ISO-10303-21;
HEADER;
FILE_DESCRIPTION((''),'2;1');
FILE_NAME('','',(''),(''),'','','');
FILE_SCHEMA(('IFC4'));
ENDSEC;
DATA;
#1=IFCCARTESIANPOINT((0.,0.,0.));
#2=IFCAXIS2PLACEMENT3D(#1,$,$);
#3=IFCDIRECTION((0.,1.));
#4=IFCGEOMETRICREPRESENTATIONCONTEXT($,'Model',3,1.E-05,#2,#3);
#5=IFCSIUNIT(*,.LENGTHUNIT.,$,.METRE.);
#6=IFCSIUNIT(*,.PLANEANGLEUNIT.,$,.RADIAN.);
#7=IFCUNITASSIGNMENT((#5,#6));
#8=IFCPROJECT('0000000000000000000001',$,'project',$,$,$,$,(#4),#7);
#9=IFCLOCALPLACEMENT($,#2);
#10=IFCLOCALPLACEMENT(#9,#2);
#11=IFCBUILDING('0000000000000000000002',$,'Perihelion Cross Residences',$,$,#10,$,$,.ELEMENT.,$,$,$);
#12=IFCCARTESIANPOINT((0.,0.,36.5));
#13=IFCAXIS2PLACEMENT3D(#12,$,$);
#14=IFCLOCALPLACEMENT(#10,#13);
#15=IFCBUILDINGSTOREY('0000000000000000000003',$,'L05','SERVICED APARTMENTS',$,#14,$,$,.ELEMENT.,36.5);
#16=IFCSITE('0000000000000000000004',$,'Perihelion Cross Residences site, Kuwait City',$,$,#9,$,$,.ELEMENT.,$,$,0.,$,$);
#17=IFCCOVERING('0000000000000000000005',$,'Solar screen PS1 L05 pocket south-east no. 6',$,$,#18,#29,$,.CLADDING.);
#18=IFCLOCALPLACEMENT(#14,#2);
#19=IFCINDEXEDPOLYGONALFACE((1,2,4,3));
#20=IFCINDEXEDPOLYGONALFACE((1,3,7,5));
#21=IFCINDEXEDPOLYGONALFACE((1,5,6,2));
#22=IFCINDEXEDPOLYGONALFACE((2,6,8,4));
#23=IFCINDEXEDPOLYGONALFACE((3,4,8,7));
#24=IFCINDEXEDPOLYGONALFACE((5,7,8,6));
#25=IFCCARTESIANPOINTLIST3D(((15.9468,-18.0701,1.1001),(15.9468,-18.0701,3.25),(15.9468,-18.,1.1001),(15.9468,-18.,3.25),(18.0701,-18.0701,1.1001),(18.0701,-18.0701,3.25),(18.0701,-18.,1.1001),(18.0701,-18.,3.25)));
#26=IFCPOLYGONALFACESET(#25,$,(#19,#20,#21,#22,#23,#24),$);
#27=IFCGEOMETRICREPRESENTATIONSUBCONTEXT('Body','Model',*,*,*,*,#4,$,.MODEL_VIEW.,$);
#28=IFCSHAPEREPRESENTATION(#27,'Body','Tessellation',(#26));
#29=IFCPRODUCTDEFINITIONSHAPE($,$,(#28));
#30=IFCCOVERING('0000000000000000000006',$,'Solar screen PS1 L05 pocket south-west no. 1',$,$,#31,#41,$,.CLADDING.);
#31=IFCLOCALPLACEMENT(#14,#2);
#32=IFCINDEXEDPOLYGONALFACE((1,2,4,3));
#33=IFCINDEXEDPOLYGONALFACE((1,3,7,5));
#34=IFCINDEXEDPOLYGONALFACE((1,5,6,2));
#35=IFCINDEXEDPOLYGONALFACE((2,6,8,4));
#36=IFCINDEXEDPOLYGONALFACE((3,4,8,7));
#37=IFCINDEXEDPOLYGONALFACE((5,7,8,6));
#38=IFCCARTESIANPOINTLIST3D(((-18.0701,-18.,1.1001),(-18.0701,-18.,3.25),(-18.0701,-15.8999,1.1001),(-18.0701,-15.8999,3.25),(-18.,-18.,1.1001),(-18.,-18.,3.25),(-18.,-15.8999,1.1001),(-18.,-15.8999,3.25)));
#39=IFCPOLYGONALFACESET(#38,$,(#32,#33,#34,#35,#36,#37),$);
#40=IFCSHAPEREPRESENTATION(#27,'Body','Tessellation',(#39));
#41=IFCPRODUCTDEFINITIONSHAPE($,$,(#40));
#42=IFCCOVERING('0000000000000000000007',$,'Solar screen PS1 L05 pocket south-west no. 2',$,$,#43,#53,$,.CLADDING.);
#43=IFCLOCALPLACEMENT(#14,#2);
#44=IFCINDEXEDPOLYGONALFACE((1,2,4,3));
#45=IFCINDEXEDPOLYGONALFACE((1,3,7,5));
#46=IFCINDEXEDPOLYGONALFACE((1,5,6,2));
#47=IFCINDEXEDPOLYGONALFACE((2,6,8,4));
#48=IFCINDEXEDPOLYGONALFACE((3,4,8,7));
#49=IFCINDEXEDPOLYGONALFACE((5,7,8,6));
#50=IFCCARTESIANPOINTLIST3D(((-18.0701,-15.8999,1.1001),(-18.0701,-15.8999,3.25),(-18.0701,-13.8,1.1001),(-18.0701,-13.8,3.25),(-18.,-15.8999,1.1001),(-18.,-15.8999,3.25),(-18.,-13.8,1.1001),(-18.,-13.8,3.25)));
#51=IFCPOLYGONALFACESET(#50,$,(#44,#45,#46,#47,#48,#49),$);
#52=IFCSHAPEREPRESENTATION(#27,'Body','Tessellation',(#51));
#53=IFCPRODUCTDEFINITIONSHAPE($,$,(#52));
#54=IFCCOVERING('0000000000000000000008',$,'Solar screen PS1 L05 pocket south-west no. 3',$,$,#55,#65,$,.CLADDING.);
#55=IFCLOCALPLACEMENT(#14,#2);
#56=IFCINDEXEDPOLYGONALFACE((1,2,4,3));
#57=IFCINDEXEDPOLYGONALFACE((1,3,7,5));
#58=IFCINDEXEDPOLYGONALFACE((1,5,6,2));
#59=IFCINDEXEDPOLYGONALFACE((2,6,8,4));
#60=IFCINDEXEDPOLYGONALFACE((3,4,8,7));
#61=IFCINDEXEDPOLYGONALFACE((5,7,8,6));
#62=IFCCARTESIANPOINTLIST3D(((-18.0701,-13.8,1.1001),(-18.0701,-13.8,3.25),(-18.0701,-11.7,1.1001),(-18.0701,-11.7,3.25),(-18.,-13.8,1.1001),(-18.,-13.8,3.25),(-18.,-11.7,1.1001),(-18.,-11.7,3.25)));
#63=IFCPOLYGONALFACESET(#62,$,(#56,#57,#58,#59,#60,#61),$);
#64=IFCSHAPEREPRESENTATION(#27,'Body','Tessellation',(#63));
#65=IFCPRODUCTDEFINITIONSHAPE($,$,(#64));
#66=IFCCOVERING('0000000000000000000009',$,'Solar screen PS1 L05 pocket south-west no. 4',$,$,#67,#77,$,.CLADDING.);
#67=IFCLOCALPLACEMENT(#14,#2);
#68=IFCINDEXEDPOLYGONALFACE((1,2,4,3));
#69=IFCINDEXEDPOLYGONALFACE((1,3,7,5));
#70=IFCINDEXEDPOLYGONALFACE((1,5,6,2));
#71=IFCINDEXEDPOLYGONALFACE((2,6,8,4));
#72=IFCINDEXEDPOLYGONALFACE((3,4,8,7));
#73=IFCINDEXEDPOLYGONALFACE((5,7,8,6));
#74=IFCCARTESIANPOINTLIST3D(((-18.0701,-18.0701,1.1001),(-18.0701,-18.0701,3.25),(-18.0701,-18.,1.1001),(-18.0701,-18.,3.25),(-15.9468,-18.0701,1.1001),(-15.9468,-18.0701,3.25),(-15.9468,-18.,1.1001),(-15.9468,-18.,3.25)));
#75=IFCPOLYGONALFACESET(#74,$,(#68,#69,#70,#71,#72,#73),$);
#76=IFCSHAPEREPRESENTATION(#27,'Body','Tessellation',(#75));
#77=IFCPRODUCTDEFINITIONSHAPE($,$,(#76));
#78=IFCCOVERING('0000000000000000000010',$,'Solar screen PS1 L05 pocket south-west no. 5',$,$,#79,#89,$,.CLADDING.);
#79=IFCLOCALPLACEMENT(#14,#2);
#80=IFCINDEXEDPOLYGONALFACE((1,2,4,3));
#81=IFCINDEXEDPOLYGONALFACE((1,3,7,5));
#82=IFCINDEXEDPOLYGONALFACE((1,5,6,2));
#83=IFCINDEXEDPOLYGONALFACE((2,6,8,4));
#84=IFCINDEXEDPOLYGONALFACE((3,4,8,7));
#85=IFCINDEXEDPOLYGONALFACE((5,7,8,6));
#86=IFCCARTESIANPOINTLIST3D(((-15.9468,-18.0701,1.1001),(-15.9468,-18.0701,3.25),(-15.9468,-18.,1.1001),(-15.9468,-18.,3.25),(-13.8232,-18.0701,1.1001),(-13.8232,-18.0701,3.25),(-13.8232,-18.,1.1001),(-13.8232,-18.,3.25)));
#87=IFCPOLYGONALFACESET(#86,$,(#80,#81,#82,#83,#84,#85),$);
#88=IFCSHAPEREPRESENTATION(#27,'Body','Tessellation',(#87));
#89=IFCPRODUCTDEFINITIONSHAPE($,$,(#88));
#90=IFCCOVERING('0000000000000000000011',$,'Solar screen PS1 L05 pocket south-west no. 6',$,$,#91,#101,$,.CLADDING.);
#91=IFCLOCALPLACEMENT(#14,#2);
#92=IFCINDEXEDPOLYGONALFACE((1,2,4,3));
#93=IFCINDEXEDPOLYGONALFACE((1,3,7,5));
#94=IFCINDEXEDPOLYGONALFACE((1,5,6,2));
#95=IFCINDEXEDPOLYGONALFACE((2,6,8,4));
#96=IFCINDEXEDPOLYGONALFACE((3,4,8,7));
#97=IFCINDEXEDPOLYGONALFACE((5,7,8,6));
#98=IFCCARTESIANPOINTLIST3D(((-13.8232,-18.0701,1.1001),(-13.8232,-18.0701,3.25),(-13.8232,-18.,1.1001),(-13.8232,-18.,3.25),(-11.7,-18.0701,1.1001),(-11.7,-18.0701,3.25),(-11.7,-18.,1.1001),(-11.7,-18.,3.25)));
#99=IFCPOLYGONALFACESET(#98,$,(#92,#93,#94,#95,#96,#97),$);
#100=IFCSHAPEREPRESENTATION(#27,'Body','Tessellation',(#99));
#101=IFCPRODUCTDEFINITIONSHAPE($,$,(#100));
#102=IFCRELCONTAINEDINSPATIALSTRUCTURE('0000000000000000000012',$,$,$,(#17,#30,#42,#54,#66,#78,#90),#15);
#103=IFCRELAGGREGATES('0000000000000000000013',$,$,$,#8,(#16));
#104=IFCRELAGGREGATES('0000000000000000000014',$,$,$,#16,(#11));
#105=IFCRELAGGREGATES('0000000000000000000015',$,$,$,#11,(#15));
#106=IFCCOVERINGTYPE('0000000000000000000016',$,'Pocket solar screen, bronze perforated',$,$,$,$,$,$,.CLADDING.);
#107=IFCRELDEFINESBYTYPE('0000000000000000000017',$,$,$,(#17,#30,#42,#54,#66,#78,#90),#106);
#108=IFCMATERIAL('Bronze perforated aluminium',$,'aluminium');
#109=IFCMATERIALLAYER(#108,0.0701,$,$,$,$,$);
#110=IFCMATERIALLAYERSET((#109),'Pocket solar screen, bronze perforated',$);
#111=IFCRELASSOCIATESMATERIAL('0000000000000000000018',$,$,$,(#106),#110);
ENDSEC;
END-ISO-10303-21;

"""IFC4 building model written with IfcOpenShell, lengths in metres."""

from ifc_helpers import new_model, si_unit, direction, frame, origin, place, context, subcontext, project, spatial, polyline, outline, extrude, material, layer, layer_set, type_object, element, save


model = new_model("IFC4")

# Units and contexts
model_context = context("Model", 3, precision=1e-05, world=origin(), true_north=direction((0.0, 1.0)))
body_context = subcontext(model_context, "Body", "Model", "MODEL_VIEW")
ifc_project = project(units=[si_unit("LENGTHUNIT", "METRE"), si_unit("PLANEANGLEUNIT", "RADIAN")], contexts=[model_context])

# Site, building, storey
site_placement = place(None, origin())
site = spatial("IfcSite", under=ifc_project, at=site_placement, Name="Perihelion Cross Residences site, Kuwait City", CompositionType="ELEMENT", RefElevation=0.0)
building_placement = place(site_placement, origin())
building = spatial("IfcBuilding", under=site, at=building_placement, Name="Perihelion Cross Residences", CompositionType="ELEMENT")
storey_placement = place(building_placement, frame((0.0, 0.0, 36.5)))
storey = spatial("IfcBuildingStorey", under=building, at=storey_placement, Name="L05", Description="SERVICED APARTMENTS", CompositionType="ELEMENT", Elevation=36.5)

# Coverings
ifc_material_1 = material(Name="Bronze perforated aluminium", Category="aluminium")
ifc_layer_1 = layer(ifc_material_1, 0.0701)
ifc_layer_set_1 = layer_set([ifc_layer_1], Name="Pocket solar screen, bronze perforated")
covering_type_1 = type_object("IfcCoveringType", Name="Pocket solar screen, bronze perforated", PredefinedType="CLADDING", material=ifc_layer_set_1)
covering_1_placement = place(storey_placement, frame((0.0, 0.0, 1.1001)))
element("IfcCovering", 1, at=covering_1_placement, inside=storey, type_object=covering_type_1, Name="Solar screen PS1 L05 pocket south-east no. 6", PredefinedType="CLADDING", context=body_context, shape_type="SweptSolid", body=[
    extrude(outline(polyline([(18.0701, -18.0701), (18.0701, -18.0), (15.9468, -18.0), (15.9468, -18.0701), (18.0701, -18.0701)])), origin(), (0.0, 0.0, 1.0), 2.1499),
])
covering_2_placement = place(storey_placement, frame((0.0, 0.0, 1.1001)))
element("IfcCovering", 2, at=covering_2_placement, inside=storey, type_object=covering_type_1, Name="Solar screen PS1 L05 pocket south-west no. 1", PredefinedType="CLADDING", context=body_context, shape_type="SweptSolid", body=[
    extrude(outline(polyline([(-18.0, -18.0), (-18.0, -15.8999), (-18.0701, -15.8999), (-18.0701, -18.0), (-18.0, -18.0)])), origin(), (0.0, 0.0, 1.0), 2.1499),
])
covering_3_placement = place(storey_placement, frame((0.0, 0.0, 1.1001)))
element("IfcCovering", 3, at=covering_3_placement, inside=storey, type_object=covering_type_1, Name="Solar screen PS1 L05 pocket south-west no. 2", PredefinedType="CLADDING", context=body_context, shape_type="SweptSolid", body=[
    extrude(outline(polyline([(-18.0, -15.8999), (-18.0, -13.8), (-18.0701, -13.8), (-18.0701, -15.8999), (-18.0, -15.8999)])), origin(), (0.0, 0.0, 1.0), 2.1499),
])
covering_4_placement = place(storey_placement, frame((0.0, 0.0, 1.1001)))
element("IfcCovering", 4, at=covering_4_placement, inside=storey, type_object=covering_type_1, Name="Solar screen PS1 L05 pocket south-west no. 3", PredefinedType="CLADDING", context=body_context, shape_type="SweptSolid", body=[
    extrude(outline(polyline([(-18.0, -13.8), (-18.0, -11.7), (-18.0701, -11.7), (-18.0701, -13.8), (-18.0, -13.8)])), origin(), (0.0, 0.0, 1.0), 2.1499),
])
covering_5_placement = place(storey_placement, frame((0.0, 0.0, 1.1001)))
element("IfcCovering", 5, at=covering_5_placement, inside=storey, type_object=covering_type_1, Name="Solar screen PS1 L05 pocket south-west no. 4", PredefinedType="CLADDING", context=body_context, shape_type="SweptSolid", body=[
    extrude(outline(polyline([(-15.9468, -18.0701), (-15.9468, -18.0), (-18.0701, -18.0), (-18.0701, -18.0701), (-15.9468, -18.0701)])), origin(), (0.0, 0.0, 1.0), 2.1499),
])
covering_6_placement = place(storey_placement, frame((0.0, 0.0, 1.1001)))
element("IfcCovering", 6, at=covering_6_placement, inside=storey, type_object=covering_type_1, Name="Solar screen PS1 L05 pocket south-west no. 5", PredefinedType="CLADDING", context=body_context, shape_type="SweptSolid", body=[
    extrude(outline(polyline([(-13.8232, -18.0701), (-13.8232, -18.0), (-15.9468, -18.0), (-15.9468, -18.0701), (-13.8232, -18.0701)])), origin(), (0.0, 0.0, 1.0), 2.1499),
])
covering_7_placement = place(storey_placement, frame((0.0, 0.0, 1.1001)))
element("IfcCovering", 7, at=covering_7_placement, inside=storey, type_object=covering_type_1, Name="Solar screen PS1 L05 pocket south-west no. 6", PredefinedType="CLADDING", context=body_context, shape_type="SweptSolid", body=[
    extrude(outline(polyline([(-11.7, -18.0701), (-11.7, -18.0), (-13.8232, -18.0), (-13.8232, -18.0701), (-11.7, -18.0701)])), origin(), (0.0, 0.0, 1.0), 2.1499),
])

save(model, "model.ifc")
